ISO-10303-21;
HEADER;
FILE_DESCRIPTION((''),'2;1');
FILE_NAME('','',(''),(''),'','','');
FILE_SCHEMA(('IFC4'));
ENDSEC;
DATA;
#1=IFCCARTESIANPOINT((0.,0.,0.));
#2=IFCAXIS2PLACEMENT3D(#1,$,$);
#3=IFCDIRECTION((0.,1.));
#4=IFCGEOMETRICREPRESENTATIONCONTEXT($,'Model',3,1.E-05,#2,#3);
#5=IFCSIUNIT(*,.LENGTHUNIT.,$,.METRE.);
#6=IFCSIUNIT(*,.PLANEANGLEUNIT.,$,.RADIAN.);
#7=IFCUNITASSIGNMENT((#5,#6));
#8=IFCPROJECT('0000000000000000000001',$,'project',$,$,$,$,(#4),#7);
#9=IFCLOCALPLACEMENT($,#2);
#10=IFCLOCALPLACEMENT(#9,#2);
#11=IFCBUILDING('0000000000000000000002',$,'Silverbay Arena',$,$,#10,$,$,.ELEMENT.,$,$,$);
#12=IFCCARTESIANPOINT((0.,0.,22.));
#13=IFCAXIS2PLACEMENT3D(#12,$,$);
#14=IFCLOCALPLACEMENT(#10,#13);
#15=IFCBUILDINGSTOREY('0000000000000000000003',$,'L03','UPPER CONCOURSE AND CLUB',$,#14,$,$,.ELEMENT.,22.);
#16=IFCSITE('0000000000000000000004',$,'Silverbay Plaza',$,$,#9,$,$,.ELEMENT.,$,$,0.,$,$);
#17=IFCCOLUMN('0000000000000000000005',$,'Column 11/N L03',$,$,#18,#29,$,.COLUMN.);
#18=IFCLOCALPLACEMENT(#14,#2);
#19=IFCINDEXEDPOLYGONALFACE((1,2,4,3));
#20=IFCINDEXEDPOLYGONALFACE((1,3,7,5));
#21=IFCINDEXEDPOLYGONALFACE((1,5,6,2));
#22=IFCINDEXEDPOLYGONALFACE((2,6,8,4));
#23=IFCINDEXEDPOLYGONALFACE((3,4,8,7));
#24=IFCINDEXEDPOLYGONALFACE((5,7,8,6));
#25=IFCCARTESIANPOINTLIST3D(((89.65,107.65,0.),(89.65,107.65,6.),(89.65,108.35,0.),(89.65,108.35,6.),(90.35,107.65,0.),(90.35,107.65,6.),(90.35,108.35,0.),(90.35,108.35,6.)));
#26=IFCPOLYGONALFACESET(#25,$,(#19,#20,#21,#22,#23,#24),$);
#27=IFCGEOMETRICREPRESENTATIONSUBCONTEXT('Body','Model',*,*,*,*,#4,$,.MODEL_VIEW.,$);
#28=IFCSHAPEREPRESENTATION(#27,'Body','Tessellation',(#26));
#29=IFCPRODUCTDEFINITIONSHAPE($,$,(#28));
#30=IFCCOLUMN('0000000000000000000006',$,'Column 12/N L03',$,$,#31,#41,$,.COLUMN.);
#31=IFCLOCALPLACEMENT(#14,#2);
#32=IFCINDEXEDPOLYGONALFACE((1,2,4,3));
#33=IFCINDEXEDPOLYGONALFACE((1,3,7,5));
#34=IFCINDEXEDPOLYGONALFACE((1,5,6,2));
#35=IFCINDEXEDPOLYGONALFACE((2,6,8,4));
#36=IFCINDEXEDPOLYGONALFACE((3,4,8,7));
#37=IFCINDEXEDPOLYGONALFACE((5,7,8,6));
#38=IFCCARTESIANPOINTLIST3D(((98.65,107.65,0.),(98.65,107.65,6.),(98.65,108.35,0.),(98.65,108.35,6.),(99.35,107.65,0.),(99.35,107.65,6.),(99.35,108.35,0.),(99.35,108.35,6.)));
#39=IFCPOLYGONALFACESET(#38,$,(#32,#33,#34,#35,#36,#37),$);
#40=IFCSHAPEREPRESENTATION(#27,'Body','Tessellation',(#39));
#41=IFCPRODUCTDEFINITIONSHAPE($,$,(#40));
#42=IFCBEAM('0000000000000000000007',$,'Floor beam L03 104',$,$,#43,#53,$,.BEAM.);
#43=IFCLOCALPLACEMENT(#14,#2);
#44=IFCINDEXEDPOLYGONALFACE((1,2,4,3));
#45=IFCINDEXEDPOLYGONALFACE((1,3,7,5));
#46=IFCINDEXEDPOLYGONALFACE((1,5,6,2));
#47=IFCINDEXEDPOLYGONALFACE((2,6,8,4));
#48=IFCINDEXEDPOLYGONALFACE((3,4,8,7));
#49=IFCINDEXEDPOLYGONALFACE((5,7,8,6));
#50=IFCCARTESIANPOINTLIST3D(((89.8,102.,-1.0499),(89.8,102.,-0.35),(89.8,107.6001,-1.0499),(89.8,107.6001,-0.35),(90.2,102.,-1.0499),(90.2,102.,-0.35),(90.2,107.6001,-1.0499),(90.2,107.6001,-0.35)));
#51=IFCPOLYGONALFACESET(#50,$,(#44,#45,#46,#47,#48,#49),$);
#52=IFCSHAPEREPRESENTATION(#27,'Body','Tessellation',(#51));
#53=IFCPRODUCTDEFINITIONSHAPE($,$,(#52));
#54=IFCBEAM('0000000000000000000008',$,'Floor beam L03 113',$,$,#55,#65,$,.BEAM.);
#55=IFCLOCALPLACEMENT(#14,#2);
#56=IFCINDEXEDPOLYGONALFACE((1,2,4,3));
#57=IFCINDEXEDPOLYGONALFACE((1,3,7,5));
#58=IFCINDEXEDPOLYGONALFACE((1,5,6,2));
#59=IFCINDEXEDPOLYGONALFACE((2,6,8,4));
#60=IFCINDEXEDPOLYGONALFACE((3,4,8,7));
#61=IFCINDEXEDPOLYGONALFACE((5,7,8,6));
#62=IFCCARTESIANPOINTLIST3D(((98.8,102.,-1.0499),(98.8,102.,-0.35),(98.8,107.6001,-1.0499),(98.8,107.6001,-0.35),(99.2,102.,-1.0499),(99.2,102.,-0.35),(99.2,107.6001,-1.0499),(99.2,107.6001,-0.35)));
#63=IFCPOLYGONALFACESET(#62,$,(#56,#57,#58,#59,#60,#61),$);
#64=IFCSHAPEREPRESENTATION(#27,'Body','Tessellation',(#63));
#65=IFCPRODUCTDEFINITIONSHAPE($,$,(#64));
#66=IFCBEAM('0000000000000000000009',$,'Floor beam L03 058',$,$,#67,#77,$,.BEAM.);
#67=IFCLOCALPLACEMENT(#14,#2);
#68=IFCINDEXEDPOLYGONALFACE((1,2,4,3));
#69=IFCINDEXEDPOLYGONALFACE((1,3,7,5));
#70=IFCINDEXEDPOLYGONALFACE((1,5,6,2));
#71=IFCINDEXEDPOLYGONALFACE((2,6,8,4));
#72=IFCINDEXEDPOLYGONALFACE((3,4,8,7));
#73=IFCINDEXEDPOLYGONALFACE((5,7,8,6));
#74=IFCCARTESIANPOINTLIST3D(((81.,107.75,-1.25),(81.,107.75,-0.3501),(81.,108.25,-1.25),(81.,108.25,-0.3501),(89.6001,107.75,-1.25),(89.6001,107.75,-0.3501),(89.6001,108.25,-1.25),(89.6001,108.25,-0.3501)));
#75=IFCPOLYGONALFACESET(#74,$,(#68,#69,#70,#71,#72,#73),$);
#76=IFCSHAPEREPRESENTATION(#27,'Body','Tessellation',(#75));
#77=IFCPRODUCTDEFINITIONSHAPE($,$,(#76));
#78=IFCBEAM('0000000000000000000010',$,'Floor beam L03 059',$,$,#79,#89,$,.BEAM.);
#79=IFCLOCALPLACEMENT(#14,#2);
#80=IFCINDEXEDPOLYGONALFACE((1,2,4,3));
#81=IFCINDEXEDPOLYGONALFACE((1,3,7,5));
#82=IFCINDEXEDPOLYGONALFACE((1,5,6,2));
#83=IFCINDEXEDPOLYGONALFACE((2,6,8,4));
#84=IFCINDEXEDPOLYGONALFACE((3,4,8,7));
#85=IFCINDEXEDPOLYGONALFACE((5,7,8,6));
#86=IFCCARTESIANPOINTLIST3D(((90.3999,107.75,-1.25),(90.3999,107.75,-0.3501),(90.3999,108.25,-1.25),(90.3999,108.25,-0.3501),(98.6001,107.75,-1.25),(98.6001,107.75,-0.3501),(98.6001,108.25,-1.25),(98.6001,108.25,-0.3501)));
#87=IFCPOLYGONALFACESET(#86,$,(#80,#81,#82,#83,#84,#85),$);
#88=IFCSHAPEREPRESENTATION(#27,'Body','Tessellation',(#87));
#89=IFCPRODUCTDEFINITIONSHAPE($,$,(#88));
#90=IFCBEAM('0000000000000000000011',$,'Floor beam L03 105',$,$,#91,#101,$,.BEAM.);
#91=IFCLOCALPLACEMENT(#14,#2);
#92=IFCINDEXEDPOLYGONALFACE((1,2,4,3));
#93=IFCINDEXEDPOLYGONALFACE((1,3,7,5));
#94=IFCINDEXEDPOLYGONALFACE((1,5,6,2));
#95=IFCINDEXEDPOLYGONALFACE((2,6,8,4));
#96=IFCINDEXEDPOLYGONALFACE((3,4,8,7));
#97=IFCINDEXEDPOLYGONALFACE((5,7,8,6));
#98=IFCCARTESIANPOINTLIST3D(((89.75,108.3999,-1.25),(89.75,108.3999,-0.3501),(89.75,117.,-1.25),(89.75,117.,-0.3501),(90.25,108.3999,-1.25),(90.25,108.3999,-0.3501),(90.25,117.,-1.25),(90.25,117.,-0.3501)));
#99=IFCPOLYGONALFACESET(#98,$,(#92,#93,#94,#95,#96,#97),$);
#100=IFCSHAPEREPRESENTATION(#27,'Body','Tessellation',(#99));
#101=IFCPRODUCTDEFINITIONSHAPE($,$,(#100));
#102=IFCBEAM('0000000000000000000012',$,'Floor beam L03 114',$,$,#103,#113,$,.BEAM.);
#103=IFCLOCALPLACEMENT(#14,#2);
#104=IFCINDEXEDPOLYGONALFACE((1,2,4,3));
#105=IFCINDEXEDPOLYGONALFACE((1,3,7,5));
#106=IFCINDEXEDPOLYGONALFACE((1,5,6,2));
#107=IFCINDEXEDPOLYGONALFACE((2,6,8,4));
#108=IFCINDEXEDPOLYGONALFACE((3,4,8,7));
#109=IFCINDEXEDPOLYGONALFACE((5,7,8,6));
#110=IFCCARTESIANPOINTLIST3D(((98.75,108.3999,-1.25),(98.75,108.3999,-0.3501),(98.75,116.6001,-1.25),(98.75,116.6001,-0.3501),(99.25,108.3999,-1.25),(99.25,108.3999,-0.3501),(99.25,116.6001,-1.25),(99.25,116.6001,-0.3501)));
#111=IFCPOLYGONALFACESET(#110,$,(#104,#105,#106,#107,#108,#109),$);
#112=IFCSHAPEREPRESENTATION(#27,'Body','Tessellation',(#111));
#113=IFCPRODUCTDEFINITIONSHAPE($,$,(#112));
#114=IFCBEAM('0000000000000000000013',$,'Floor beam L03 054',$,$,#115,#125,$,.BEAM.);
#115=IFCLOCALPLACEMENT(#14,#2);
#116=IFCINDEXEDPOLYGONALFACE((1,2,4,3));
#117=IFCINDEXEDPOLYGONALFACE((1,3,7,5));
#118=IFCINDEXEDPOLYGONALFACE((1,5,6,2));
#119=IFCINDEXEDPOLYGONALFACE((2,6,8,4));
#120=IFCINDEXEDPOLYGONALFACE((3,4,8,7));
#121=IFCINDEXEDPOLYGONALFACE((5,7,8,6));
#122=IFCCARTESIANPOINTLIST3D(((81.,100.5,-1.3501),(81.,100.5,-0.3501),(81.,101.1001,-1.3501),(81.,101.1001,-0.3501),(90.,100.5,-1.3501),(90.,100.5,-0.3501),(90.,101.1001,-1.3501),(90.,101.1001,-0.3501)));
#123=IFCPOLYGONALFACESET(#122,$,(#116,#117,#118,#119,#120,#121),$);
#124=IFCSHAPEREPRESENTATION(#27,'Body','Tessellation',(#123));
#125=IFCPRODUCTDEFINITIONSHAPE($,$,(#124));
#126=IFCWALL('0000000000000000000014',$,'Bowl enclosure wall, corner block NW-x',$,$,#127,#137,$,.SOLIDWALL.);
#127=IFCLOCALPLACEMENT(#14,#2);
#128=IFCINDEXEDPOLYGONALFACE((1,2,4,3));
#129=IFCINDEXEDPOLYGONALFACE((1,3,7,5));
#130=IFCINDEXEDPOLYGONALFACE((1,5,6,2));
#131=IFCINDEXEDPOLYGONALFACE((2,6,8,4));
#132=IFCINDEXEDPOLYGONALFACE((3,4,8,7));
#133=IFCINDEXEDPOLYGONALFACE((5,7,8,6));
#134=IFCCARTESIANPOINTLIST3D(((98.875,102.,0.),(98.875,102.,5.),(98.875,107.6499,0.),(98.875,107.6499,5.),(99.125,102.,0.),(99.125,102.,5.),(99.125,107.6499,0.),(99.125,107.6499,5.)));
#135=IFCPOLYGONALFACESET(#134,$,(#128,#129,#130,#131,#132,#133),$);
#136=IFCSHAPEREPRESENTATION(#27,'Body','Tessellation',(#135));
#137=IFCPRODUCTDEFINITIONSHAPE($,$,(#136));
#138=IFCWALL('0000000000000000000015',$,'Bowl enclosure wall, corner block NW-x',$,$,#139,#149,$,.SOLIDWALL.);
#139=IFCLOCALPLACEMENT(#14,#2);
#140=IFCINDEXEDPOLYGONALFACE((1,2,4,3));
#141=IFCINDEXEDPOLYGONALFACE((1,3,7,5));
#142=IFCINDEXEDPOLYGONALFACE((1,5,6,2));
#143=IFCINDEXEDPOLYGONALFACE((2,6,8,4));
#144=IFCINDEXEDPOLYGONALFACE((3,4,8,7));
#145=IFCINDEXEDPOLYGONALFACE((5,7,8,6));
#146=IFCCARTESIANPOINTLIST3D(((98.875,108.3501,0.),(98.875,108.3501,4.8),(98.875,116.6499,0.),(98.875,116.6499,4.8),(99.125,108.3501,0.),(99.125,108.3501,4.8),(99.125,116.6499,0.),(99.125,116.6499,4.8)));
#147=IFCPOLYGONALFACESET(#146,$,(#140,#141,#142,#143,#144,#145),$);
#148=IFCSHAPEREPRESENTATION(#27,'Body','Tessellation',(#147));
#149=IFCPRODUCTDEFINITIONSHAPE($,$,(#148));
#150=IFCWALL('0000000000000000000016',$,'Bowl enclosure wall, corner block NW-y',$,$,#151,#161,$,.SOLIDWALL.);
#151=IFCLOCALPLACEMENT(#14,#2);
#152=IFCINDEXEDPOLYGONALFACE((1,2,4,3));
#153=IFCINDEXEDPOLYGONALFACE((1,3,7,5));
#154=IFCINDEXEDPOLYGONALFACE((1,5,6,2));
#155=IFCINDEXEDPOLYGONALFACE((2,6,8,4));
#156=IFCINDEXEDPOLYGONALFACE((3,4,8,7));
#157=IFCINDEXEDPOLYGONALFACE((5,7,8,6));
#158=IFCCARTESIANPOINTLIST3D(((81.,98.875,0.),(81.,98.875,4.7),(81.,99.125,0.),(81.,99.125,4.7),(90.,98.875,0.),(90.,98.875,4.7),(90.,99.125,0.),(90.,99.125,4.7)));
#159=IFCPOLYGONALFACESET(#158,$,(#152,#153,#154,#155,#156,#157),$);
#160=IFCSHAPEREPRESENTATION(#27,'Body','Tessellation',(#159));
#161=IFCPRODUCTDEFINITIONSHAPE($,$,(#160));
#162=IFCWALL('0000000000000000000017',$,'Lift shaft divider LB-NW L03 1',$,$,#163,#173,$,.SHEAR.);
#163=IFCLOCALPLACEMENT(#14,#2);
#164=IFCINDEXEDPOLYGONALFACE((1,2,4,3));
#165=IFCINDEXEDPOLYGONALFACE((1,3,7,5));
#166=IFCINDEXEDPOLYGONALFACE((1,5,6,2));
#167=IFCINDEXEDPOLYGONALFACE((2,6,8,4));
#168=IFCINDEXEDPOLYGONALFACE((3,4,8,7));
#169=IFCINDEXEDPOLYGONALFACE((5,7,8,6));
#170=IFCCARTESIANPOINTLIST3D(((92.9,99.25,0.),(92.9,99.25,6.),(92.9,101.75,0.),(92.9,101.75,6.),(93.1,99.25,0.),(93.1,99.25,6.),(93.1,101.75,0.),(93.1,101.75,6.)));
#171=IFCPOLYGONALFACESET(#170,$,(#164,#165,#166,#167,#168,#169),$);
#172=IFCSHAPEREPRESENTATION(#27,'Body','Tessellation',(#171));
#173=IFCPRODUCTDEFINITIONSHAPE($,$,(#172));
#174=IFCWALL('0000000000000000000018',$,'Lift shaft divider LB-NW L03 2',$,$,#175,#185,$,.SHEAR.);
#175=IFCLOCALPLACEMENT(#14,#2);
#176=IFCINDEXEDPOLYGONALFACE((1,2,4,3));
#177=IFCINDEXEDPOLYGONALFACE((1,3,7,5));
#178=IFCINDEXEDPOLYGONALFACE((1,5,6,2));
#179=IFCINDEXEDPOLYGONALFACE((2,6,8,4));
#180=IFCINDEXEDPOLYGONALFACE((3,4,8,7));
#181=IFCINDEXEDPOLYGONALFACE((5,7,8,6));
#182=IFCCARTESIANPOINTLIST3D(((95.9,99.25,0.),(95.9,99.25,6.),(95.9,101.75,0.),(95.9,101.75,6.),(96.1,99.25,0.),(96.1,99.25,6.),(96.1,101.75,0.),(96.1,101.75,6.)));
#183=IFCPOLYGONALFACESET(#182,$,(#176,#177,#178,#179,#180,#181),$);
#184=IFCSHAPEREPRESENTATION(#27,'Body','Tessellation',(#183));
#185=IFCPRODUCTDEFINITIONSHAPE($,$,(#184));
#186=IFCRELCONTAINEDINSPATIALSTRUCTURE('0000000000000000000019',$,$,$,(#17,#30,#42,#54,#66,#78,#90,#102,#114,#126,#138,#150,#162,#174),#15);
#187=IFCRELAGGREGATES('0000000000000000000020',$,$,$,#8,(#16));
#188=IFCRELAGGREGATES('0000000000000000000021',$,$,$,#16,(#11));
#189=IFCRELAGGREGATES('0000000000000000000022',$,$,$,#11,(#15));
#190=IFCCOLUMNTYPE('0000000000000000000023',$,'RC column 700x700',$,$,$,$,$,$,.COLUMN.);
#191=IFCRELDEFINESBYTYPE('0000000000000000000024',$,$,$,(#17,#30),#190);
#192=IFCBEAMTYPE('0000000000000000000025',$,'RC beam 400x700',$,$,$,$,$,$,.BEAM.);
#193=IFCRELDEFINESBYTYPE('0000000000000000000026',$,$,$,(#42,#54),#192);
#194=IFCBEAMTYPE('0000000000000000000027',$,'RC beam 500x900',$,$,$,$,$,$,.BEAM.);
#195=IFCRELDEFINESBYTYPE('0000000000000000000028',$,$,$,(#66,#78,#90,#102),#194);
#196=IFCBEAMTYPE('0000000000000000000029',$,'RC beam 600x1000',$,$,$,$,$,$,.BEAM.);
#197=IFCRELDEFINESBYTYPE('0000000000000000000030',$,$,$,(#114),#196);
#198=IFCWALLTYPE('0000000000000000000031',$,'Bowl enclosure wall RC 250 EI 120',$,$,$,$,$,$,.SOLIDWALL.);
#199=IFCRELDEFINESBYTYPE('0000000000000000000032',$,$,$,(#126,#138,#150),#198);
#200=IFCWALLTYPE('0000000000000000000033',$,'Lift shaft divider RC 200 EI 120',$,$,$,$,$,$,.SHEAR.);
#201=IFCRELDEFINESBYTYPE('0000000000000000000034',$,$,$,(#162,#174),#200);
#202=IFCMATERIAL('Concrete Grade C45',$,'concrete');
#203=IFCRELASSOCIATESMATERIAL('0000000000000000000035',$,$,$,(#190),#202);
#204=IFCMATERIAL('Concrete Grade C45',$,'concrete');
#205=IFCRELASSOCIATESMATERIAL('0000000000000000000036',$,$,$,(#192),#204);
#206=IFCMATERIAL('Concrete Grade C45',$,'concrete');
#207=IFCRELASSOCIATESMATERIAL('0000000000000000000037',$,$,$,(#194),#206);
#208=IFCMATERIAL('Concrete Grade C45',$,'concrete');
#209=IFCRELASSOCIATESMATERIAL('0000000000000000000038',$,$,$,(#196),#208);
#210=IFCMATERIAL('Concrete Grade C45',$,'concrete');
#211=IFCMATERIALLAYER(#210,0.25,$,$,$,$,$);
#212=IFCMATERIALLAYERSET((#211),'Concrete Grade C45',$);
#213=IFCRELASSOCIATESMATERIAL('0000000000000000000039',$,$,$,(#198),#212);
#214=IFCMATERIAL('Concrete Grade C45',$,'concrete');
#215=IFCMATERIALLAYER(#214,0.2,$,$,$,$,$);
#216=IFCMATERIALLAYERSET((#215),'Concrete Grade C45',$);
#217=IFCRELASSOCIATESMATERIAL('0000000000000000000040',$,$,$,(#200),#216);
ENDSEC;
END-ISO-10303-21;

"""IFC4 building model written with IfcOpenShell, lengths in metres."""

from ifc_helpers import new_model, si_unit, direction, frame, frame_2d, origin, origin_2d, place, context, subcontext, project, spatial, rectangle, extrude, material, layer, layer_set, material_profile, profile_set, type_object, element, save


model = new_model("IFC4")

# Units and contexts
model_context = context("Model", 3, precision=1e-05, world=origin(), true_north=direction((0.0, 1.0)))
body_context = subcontext(model_context, "Body", "Model", "MODEL_VIEW")
ifc_project = project(units=[si_unit("LENGTHUNIT", "METRE"), si_unit("PLANEANGLEUNIT", "RADIAN")], contexts=[model_context])

# Site, building, storey
site_placement = place(None, origin())
site = spatial("IfcSite", under=ifc_project, at=site_placement, Name="Silverbay Plaza", CompositionType="ELEMENT", RefElevation=0.0)
building_placement = place(site_placement, origin())
building = spatial("IfcBuilding", under=site, at=building_placement, Name="Silverbay Arena", CompositionType="ELEMENT")
storey_placement = place(building_placement, frame((0.0, 0.0, 22.0)))
storey = spatial("IfcBuildingStorey", under=building, at=storey_placement, Name="L03", Description="UPPER CONCOURSE AND CLUB", CompositionType="ELEMENT", Elevation=22.0)

# Columns
ifc_material_1 = material(Name="Concrete Grade C45", Category="concrete")
ifc_material_profile_1 = material_profile(ifc_material_1, rectangle(XDim=0.7, YDim=0.7, at=origin_2d()), Name="RC 700x700")
ifc_profile_set_1 = profile_set([ifc_material_profile_1], Name="Concrete Grade C45")
column_type = type_object("IfcColumnType", Name="RC column 700x700", PredefinedType="COLUMN", material=ifc_profile_set_1)
for number, where, z_axis, x_axis, name in (
    (1, (90.0, 108.0, 0.0), (0.0, 0.0, 1.0), (1.0, 0.0, 0.0), "Column 11/N L03"),
    (2, (99.0, 108.0, 0.0), (0.0, 0.0, 1.0), (1.0, 0.0, 0.0), "Column 12/N L03"),
):
    element("IfcColumn", number, at=place(storey_placement, frame(where, z_axis=z_axis, x_axis=x_axis)), inside=storey, type_object=column_type, Name=name, PredefinedType="COLUMN", context=body_context, shape_type="SweptSolid", body=[
        extrude(rectangle(XDim=0.7, YDim=0.7, at=origin_2d()), origin(), (0.0, 0.0, 1.0), 6.0),
    ])

# Beams
ifc_material_2 = material(Name="Concrete Grade C45", Category="concrete")
ifc_material_profile_2 = material_profile(ifc_material_2, rectangle(XDim=0.3999, YDim=0.7, at=origin_2d()), Name="RC 400x700")
ifc_profile_set_2 = profile_set([ifc_material_profile_2], Name="Concrete Grade C45")
beam_type_1 = type_object("IfcBeamType", Name="RC beam 400x700", PredefinedType="BEAM", material=ifc_profile_set_2)
for number, where, z_axis, x_axis, name in (
    (3, (90.0, 102.0, -0.7), (0.0, 1.0, 0.0), (-1.0, 0.0, 0.0), "Floor beam L03 104"),
    (4, (99.0, 102.0, -0.7), (0.0, 1.0, 0.0), (-1.0, 0.0, 0.0), "Floor beam L03 113"),
):
    element("IfcBeam", number, at=place(storey_placement, frame(where, z_axis=z_axis, x_axis=x_axis)), inside=storey, type_object=beam_type_1, Name=name, PredefinedType="BEAM", context=body_context, shape_type="SweptSolid", body=[
        extrude(rectangle(XDim=0.3999, YDim=0.7, at=origin_2d()), origin(), (0.0, 0.0, 1.0), 5.6001),
    ])
ifc_material_3 = material(Name="Concrete Grade C45", Category="concrete")
ifc_material_profile_3 = material_profile(ifc_material_3, rectangle(XDim=0.5, YDim=0.8999, at=origin_2d()), Name="RC 500x900")
ifc_profile_set_3 = profile_set([ifc_material_profile_3], Name="Concrete Grade C45")
beam_type_2 = type_object("IfcBeamType", Name="RC beam 500x900", PredefinedType="BEAM", material=ifc_profile_set_3)
beam_1_placement = place(storey_placement, frame((81.0, 108.0, -0.8), z_axis=(1.0, 0.0, 0.0), x_axis=(0.0, 1.0, 0.0)))
element("IfcBeam", 5, at=beam_1_placement, inside=storey, type_object=beam_type_2, Name="Floor beam L03 058", PredefinedType="BEAM", context=body_context, shape_type="SweptSolid", body=[
    extrude(rectangle(XDim=0.5, YDim=0.8999, at=origin_2d()), origin(), (0.0, 0.0, 1.0), 8.6001),
])
beam_2_placement = place(storey_placement, frame((90.3999, 108.0, -0.8), z_axis=(1.0, 0.0, 0.0), x_axis=(0.0, 1.0, 0.0)))
element("IfcBeam", 6, at=beam_2_placement, inside=storey, type_object=beam_type_2, Name="Floor beam L03 059", PredefinedType="BEAM", context=body_context, shape_type="SweptSolid", body=[
    extrude(rectangle(XDim=0.5, YDim=0.8999, at=origin_2d()), origin(), (0.0, 0.0, 1.0), 8.2002),
])
beam_3_placement = place(storey_placement, frame((90.0, 108.3999, -0.8), z_axis=(0.0, 1.0, 0.0), x_axis=(-1.0, 0.0, 0.0)))
element("IfcBeam", 7, at=beam_3_placement, inside=storey, type_object=beam_type_2, Name="Floor beam L03 105", PredefinedType="BEAM", context=body_context, shape_type="SweptSolid", body=[
    extrude(rectangle(XDim=0.5, YDim=0.8999, at=origin_2d()), origin(), (0.0, 0.0, 1.0), 8.6001),
])
beam_4_placement = place(storey_placement, frame((99.0, 108.3999, -0.8), z_axis=(0.0, 1.0, 0.0), x_axis=(-1.0, 0.0, 0.0)))
element("IfcBeam", 8, at=beam_4_placement, inside=storey, type_object=beam_type_2, Name="Floor beam L03 114", PredefinedType="BEAM", context=body_context, shape_type="SweptSolid", body=[
    extrude(rectangle(XDim=0.5, YDim=0.8999, at=origin_2d()), origin(), (0.0, 0.0, 1.0), 8.2002),
])
ifc_material_4 = material(Name="Concrete Grade C45", Category="concrete")
ifc_material_profile_4 = material_profile(ifc_material_4, rectangle(XDim=0.6001, YDim=1.0, at=origin_2d()), Name="RC 600x1000")
ifc_profile_set_4 = profile_set([ifc_material_profile_4], Name="Concrete Grade C45")
beam_type_3 = type_object("IfcBeamType", Name="RC beam 600x1000", PredefinedType="BEAM", material=ifc_profile_set_4)
beam_5_placement = place(storey_placement, frame((81.0, 100.8, -0.8501), z_axis=(1.0, 0.0, 0.0), x_axis=(0.0, 1.0, 0.0)))
element("IfcBeam", 9, at=beam_5_placement, inside=storey, type_object=beam_type_3, Name="Floor beam L03 054", PredefinedType="BEAM", context=body_context, shape_type="SweptSolid", body=[
    extrude(rectangle(XDim=0.6001, YDim=1.0, at=origin_2d()), origin(), (0.0, 0.0, 1.0), 9.0),
])

# Walls
ifc_material_5 = material(Name="Concrete Grade C45", Category="concrete")
ifc_layer_1 = layer(ifc_material_5, 0.25)
ifc_layer_set_1 = layer_set([ifc_layer_1], Name="Concrete Grade C45")
wall_type_1 = type_object("IfcWallType", Name="Bowl enclosure wall RC 250 EI 120", PredefinedType="SOLIDWALL", material=ifc_layer_set_1)
wall_1_placement = place(storey_placement, frame((99.0, 102.0, 0.0), z_axis=(0.0, 0.0, 1.0), x_axis=(0.0, 1.0, 0.0)))
element("IfcWall", 10, at=wall_1_placement, inside=storey, type_object=wall_type_1, Name="Bowl enclosure wall, corner block NW-x", PredefinedType="SOLIDWALL", context=body_context, shape_type="SweptSolid", body=[
    extrude(rectangle(XDim=5.6499, YDim=0.25, at=frame_2d((2.825, 0.0))), origin(), (0.0, 0.0, 1.0), 5.0),
])
wall_2_placement = place(storey_placement, frame((99.0, 108.3501, 0.0), z_axis=(0.0, 0.0, 1.0), x_axis=(0.0, 1.0, 0.0)))
element("IfcWall", 11, at=wall_2_placement, inside=storey, type_object=wall_type_1, Name="Bowl enclosure wall, corner block NW-x", PredefinedType="SOLIDWALL", context=body_context, shape_type="SweptSolid", body=[
    extrude(rectangle(XDim=8.2998, YDim=0.25, at=frame_2d((4.1499, 0.0))), origin(), (0.0, 0.0, 1.0), 4.8),
])
wall_3_placement = place(storey_placement, frame((81.0, 99.0, 0.0), z_axis=(0.0, 0.0, 1.0), x_axis=(1.0, 0.0, 0.0)))
element("IfcWall", 12, at=wall_3_placement, inside=storey, type_object=wall_type_1, Name="Bowl enclosure wall, corner block NW-y", PredefinedType="SOLIDWALL", context=body_context, shape_type="SweptSolid", body=[
    extrude(rectangle(XDim=9.0, YDim=0.25, at=frame_2d((4.5, 0.0))), origin(), (0.0, 0.0, 1.0), 4.7),
])
ifc_material_6 = material(Name="Concrete Grade C45", Category="concrete")
ifc_layer_2 = layer(ifc_material_6, 0.2)
ifc_layer_set_2 = layer_set([ifc_layer_2], Name="Concrete Grade C45")
wall_type_2 = type_object("IfcWallType", Name="Lift shaft divider RC 200 EI 120", PredefinedType="SHEAR", material=ifc_layer_set_2)
for number, where, z_axis, x_axis, name in (
    (13, (93.0, 99.25, 0.0), (0.0, 0.0, 1.0), (0.0, 1.0, 0.0), "Lift shaft divider LB-NW L03 1"),
    (14, (96.0, 99.25, 0.0), (0.0, 0.0, 1.0), (0.0, 1.0, 0.0), "Lift shaft divider LB-NW L03 2"),
):
    element("IfcWall", number, at=place(storey_placement, frame(where, z_axis=z_axis, x_axis=x_axis)), inside=storey, type_object=wall_type_2, Name=name, PredefinedType="SHEAR", context=body_context, shape_type="SweptSolid", body=[
        extrude(rectangle(XDim=2.5, YDim=0.2, at=frame_2d((1.25, 0.0))), origin(), (0.0, 0.0, 1.0), 6.0),
    ])

save(model, "model.ifc")
